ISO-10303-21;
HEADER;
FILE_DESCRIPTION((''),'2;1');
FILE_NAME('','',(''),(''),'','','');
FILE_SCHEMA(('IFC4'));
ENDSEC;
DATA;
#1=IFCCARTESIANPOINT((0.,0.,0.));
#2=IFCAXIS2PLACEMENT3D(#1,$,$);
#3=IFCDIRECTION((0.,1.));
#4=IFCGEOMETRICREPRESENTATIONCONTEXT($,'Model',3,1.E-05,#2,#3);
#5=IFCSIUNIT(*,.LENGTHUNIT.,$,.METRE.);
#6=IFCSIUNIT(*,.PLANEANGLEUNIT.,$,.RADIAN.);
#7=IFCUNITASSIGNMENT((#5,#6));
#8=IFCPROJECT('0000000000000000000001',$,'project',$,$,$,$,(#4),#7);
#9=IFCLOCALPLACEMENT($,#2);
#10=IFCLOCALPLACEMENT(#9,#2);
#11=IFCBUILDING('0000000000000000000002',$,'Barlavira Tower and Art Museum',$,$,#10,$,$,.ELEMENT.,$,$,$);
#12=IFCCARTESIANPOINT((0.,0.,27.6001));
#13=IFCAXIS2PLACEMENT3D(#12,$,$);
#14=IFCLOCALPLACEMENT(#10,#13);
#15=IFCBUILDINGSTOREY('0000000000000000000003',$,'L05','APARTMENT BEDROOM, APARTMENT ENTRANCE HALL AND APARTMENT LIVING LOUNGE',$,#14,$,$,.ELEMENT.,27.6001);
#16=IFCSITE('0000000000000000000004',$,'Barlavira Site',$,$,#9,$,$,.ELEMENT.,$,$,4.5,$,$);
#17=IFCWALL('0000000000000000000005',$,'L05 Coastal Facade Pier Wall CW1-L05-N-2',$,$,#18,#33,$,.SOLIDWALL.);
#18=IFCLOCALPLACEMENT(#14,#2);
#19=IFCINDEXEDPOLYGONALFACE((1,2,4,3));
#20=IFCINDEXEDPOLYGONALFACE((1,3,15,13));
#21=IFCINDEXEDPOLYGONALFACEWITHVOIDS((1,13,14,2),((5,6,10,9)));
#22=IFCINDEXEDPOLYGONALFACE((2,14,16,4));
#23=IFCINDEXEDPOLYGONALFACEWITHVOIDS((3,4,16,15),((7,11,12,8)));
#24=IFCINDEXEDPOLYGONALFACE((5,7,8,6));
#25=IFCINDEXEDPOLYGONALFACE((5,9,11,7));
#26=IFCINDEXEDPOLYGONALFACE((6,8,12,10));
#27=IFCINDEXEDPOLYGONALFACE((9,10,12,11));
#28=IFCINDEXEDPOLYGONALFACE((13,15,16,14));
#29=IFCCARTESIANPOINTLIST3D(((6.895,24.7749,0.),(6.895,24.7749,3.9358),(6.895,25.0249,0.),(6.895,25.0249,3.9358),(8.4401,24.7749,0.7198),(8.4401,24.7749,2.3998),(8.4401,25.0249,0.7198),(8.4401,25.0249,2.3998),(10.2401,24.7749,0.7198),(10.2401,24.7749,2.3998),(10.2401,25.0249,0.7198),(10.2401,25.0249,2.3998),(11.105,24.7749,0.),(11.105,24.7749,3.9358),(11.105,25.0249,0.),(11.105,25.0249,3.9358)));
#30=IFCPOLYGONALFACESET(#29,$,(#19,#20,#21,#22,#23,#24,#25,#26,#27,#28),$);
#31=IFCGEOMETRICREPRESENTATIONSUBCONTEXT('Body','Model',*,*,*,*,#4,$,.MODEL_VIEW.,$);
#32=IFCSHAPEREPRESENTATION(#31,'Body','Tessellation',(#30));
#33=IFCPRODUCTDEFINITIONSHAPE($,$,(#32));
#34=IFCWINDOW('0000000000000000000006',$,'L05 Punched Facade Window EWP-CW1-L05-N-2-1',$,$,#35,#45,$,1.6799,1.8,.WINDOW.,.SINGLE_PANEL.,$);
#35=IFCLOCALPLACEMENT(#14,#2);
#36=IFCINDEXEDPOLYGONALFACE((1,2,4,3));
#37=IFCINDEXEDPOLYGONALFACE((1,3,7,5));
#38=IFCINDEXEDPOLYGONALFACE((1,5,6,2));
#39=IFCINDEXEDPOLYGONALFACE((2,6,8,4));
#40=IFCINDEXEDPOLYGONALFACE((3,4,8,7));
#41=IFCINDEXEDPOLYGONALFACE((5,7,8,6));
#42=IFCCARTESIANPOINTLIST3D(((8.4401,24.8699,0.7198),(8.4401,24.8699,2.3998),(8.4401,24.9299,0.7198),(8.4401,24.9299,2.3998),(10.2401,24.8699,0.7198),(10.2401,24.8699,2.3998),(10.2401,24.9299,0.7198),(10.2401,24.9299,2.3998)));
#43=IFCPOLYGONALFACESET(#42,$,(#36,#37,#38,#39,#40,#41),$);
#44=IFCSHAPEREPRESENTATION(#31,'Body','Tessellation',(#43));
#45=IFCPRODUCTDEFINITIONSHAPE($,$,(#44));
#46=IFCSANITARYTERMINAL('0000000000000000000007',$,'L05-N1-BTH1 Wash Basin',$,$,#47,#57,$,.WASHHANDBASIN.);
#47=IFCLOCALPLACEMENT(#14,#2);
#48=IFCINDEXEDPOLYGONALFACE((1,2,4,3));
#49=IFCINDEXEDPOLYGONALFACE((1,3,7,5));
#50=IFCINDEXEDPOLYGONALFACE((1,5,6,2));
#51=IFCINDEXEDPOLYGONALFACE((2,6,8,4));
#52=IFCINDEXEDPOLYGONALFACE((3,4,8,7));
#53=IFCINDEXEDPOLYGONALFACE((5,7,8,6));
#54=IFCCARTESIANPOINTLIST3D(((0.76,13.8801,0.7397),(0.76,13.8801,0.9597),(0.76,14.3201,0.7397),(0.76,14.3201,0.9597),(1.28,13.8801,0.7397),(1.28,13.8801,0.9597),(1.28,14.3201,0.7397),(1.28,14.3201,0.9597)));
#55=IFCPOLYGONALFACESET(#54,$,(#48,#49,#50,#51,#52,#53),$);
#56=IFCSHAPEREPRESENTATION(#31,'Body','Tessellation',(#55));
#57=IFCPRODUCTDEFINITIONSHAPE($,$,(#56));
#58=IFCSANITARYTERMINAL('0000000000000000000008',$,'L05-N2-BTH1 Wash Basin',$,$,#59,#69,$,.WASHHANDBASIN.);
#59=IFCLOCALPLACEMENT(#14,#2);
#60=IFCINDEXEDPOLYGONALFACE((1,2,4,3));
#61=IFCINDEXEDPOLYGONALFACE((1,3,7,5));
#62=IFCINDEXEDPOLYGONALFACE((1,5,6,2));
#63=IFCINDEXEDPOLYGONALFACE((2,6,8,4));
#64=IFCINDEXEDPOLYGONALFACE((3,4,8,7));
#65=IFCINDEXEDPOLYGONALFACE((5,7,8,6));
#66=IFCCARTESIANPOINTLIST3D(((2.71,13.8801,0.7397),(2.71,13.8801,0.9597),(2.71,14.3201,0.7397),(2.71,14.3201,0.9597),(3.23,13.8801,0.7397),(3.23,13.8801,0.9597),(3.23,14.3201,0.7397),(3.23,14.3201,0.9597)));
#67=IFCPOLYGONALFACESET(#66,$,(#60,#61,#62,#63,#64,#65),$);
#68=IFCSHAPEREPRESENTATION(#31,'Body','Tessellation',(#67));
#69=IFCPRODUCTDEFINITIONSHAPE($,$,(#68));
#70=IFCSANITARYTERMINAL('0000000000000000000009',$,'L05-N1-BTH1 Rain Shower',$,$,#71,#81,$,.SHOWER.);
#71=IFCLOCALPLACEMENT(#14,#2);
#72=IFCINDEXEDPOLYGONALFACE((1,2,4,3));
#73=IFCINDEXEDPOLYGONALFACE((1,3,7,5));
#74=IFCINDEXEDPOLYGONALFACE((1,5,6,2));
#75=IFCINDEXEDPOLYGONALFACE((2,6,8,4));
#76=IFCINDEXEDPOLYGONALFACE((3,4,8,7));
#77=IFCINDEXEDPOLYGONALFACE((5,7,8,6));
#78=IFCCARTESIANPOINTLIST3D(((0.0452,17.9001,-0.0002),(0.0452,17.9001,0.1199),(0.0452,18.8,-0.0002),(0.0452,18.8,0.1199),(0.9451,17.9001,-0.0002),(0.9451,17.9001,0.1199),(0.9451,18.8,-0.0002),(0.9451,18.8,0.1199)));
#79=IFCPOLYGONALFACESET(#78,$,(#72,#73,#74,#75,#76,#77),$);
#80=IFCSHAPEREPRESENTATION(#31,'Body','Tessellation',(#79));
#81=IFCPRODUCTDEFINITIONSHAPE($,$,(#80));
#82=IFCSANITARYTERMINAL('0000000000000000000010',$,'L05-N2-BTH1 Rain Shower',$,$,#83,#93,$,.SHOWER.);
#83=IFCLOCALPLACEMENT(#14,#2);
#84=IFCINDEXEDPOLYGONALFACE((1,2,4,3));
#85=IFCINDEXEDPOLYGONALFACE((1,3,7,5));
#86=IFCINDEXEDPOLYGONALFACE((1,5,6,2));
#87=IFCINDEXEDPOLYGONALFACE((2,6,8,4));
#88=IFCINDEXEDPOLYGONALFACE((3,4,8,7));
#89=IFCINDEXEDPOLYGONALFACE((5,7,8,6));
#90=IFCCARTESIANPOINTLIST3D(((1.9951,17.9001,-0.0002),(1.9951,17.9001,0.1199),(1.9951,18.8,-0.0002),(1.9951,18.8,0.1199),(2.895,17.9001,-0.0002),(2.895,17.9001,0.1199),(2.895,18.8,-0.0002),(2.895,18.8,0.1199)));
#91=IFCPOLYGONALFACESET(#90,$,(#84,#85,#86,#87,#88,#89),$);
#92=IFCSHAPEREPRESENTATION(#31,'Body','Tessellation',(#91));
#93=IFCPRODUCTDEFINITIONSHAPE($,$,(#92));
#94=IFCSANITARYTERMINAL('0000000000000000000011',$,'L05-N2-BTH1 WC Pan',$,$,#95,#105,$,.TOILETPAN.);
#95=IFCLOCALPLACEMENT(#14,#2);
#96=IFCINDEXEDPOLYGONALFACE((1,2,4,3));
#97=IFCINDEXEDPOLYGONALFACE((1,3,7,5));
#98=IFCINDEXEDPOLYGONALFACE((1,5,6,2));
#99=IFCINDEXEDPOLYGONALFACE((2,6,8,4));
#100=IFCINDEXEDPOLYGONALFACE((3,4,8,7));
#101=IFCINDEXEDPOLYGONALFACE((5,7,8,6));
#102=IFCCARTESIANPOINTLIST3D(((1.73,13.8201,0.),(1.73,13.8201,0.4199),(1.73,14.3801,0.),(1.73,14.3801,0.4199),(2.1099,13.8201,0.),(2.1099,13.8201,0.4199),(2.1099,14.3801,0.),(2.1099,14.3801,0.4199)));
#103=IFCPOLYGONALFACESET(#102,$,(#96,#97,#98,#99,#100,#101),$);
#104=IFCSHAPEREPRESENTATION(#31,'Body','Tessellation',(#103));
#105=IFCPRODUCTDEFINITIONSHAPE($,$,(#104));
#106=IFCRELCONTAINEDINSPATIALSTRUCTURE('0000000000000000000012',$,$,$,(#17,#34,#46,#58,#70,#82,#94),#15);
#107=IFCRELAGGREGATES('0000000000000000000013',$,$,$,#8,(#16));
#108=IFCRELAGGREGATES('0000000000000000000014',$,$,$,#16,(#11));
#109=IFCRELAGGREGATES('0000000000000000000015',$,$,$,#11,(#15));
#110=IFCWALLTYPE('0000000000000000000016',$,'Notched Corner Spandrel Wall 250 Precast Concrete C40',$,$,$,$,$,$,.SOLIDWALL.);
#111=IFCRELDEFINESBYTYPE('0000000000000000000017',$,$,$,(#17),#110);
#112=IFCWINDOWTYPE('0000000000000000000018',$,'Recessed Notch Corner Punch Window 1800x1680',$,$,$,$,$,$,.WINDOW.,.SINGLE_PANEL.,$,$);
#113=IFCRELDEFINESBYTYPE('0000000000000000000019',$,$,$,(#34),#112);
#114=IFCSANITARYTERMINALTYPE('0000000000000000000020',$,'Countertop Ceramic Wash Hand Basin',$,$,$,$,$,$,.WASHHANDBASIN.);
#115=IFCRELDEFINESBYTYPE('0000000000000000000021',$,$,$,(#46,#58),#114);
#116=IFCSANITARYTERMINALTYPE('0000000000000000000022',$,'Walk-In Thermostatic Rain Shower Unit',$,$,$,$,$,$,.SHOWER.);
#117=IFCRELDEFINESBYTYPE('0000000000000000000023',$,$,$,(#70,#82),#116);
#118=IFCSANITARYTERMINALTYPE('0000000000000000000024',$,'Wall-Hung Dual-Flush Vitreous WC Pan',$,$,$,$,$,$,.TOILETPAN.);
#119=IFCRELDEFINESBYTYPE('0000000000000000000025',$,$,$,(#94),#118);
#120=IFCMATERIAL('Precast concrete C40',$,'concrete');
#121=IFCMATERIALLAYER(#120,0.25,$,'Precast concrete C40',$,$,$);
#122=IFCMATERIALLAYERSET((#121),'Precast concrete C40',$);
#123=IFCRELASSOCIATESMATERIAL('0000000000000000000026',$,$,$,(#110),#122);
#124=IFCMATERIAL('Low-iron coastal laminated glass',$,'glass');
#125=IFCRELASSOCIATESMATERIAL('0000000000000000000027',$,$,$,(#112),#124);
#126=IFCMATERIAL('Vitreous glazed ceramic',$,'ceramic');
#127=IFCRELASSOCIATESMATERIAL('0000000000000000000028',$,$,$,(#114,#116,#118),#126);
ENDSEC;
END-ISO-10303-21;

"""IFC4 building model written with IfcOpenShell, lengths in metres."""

from ifc_helpers import new_model, si_unit, direction, frame, frame_2d, origin, origin_2d, place, context, subcontext, project, spatial, rectangle, extrude, material, layer, layer_set, type_object, element, fill, save


model = new_model("IFC4")

# Units and contexts
model_context = context("Model", 3, precision=1e-05, world=origin(), true_north=direction((0.0, 1.0)))
body_context = subcontext(model_context, "Body", "Model", "MODEL_VIEW")
ifc_project = project(units=[si_unit("LENGTHUNIT", "METRE"), si_unit("PLANEANGLEUNIT", "RADIAN")], contexts=[model_context])

# Site, building, storey
site_placement = place(None, origin())
site = spatial("IfcSite", under=ifc_project, at=site_placement, Name="Barlavira Site", CompositionType="ELEMENT", RefElevation=4.5)
building_placement = place(site_placement, origin())
building = spatial("IfcBuilding", under=site, at=building_placement, Name="Barlavira Tower and Art Museum", CompositionType="ELEMENT")
storey_placement = place(building_placement, frame((0.0, 0.0, 27.6001)))
storey = spatial("IfcBuildingStorey", under=building, at=storey_placement, Name="L05", Description="APARTMENT BEDROOM, APARTMENT ENTRANCE HALL AND APARTMENT LIVING LOUNGE", CompositionType="ELEMENT", Elevation=27.6001)

# Shared definitions
ifc_material_1 = material(Name="Low-iron coastal laminated glass", Category="glass")

# Wall, opening, window
ifc_material_2 = material(Name="Precast concrete C40", Category="concrete")
ifc_layer_1 = layer(ifc_material_2, 0.25, Name="Precast concrete C40")
ifc_layer_set_1 = layer_set([ifc_layer_1], Name="Precast concrete C40")
wall_type_1 = type_object("IfcWallType", Name="Notched Corner Spandrel Wall 250 Precast Concrete C40", PredefinedType="SOLIDWALL", material=ifc_layer_set_1)
wall_1_placement = place(storey_placement, frame((11.105, 24.8999, 0.0), z_axis=(0.0, 0.0, 1.0), x_axis=(-1.0, 0.0, 0.0)))
wall_1 = element("IfcWall", 1, at=wall_1_placement, inside=storey, type_object=wall_type_1, Name="L05 Coastal Facade Pier Wall CW1-L05-N-2", PredefinedType="SOLIDWALL", context=body_context, shape_type="SweptSolid", body=[
    extrude(rectangle(XDim=4.21, YDim=0.25, at=frame_2d((2.105, 0.0))), origin(), (0.0, 0.0, 1.0), 3.9358),
])
opening_1_placement = place(wall_1_placement, frame((0.865, 0.0, 0.72)))
opening_1 = element("IfcOpeningElement", 2, at=opening_1_placement, cuts=wall_1, PredefinedType="OPENING", context=body_context, shape_type="SweptSolid", body=[
    extrude(rectangle(XDim=1.8, YDim=1.6799, at=frame_2d((0.8999, 0.8398))), frame((0.0, 0.135, 0.0), z_axis=(0.0, -1.0, 0.0), x_axis=(1.0, 0.0, 0.0)), (0.0, 0.0, 1.0), 0.27),
])
window_type = type_object("IfcWindowType", Name="Recessed Notch Corner Punch Window 1800x1680", PartitioningType="SINGLE_PANEL", PredefinedType="WINDOW", material=ifc_material_1)
window_placement = place(opening_1_placement, origin())
window = element("IfcWindow", 3, at=window_placement, inside=storey, type_object=window_type, Name="L05 Punched Facade Window EWP-CW1-L05-N-2-1", OverallHeight=1.6799, OverallWidth=1.8, PartitioningType="SINGLE_PANEL", PredefinedType="WINDOW", context=body_context, shape_type="SweptSolid", body=[
    extrude(rectangle(XDim=1.8, YDim=1.6799, at=frame_2d((0.8999, 0.8398))), frame((0.0, 0.03, 0.0), z_axis=(0.0, -1.0, 0.0), x_axis=(1.0, 0.0, 0.0)), (0.0, 0.0, 1.0), 0.0601),
])
fill(opening_1, window)

# Sanitary terminals
ifc_material_3 = material(Name="Vitreous glazed ceramic", Category="ceramic")
sanitary_terminal_type_1 = type_object("IfcSanitaryTerminalType", Name="Countertop Ceramic Wash Hand Basin", PredefinedType="WASHHANDBASIN", material=ifc_material_3)
for number, where, z_axis, x_axis, name in (
    (4, (1.02, 14.1001, 0.7397), (0.0, 0.0, 1.0), (1.0, 0.0, 0.0), "L05-N1-BTH1 Wash Basin"),
    (5, (2.97, 14.1001, 0.7397), (0.0, 0.0, 1.0), (1.0, 0.0, 0.0), "L05-N2-BTH1 Wash Basin"),
):
    element("IfcSanitaryTerminal", number, at=place(storey_placement, frame(where, z_axis=z_axis, x_axis=x_axis)), inside=storey, type_object=sanitary_terminal_type_1, Name=name, PredefinedType="WASHHANDBASIN", context=body_context, shape_type="SweptSolid", body=[
        extrude(rectangle(XDim=0.52, YDim=0.4399, at=origin_2d()), origin(), (0.0, 0.0, 1.0), 0.22),
    ])
sanitary_terminal_type_2 = type_object("IfcSanitaryTerminalType", Name="Walk-In Thermostatic Rain Shower Unit", PredefinedType="SHOWER", material=ifc_material_3)
for number, where, z_axis, x_axis, name in (
    (6, (0.4951, 18.3501, -0.0002), (0.0, 0.0, 1.0), (1.0, 0.0, 0.0), "L05-N1-BTH1 Rain Shower"),
    (7, (2.4451, 18.3501, -0.0002), (0.0, 0.0, 1.0), (1.0, 0.0, 0.0), "L05-N2-BTH1 Rain Shower"),
):
    element("IfcSanitaryTerminal", number, at=place(storey_placement, frame(where, z_axis=z_axis, x_axis=x_axis)), inside=storey, type_object=sanitary_terminal_type_2, Name=name, PredefinedType="SHOWER", context=body_context, shape_type="SweptSolid", body=[
        extrude(rectangle(XDim=0.8999, YDim=0.8999, at=origin_2d()), origin(), (0.0, 0.0, 1.0), 0.1201),
    ])
sanitary_terminal_type_3 = type_object("IfcSanitaryTerminalType", Name="Wall-Hung Dual-Flush Vitreous WC Pan", PredefinedType="TOILETPAN", material=ifc_material_3)
sanitary_terminal_placement = place(storey_placement, frame((1.9199, 14.1001, 0.0), z_axis=(0.0, 0.0, 1.0), x_axis=(1.0, 0.0, 0.0)))
element("IfcSanitaryTerminal", 8, at=sanitary_terminal_placement, inside=storey, type_object=sanitary_terminal_type_3, Name="L05-N2-BTH1 WC Pan", PredefinedType="TOILETPAN", context=body_context, shape_type="SweptSolid", body=[
    extrude(rectangle(XDim=0.3799, YDim=0.5601, at=origin_2d()), origin(), (0.0, 0.0, 1.0), 0.4199),
])

save(model, "model.ifc")
